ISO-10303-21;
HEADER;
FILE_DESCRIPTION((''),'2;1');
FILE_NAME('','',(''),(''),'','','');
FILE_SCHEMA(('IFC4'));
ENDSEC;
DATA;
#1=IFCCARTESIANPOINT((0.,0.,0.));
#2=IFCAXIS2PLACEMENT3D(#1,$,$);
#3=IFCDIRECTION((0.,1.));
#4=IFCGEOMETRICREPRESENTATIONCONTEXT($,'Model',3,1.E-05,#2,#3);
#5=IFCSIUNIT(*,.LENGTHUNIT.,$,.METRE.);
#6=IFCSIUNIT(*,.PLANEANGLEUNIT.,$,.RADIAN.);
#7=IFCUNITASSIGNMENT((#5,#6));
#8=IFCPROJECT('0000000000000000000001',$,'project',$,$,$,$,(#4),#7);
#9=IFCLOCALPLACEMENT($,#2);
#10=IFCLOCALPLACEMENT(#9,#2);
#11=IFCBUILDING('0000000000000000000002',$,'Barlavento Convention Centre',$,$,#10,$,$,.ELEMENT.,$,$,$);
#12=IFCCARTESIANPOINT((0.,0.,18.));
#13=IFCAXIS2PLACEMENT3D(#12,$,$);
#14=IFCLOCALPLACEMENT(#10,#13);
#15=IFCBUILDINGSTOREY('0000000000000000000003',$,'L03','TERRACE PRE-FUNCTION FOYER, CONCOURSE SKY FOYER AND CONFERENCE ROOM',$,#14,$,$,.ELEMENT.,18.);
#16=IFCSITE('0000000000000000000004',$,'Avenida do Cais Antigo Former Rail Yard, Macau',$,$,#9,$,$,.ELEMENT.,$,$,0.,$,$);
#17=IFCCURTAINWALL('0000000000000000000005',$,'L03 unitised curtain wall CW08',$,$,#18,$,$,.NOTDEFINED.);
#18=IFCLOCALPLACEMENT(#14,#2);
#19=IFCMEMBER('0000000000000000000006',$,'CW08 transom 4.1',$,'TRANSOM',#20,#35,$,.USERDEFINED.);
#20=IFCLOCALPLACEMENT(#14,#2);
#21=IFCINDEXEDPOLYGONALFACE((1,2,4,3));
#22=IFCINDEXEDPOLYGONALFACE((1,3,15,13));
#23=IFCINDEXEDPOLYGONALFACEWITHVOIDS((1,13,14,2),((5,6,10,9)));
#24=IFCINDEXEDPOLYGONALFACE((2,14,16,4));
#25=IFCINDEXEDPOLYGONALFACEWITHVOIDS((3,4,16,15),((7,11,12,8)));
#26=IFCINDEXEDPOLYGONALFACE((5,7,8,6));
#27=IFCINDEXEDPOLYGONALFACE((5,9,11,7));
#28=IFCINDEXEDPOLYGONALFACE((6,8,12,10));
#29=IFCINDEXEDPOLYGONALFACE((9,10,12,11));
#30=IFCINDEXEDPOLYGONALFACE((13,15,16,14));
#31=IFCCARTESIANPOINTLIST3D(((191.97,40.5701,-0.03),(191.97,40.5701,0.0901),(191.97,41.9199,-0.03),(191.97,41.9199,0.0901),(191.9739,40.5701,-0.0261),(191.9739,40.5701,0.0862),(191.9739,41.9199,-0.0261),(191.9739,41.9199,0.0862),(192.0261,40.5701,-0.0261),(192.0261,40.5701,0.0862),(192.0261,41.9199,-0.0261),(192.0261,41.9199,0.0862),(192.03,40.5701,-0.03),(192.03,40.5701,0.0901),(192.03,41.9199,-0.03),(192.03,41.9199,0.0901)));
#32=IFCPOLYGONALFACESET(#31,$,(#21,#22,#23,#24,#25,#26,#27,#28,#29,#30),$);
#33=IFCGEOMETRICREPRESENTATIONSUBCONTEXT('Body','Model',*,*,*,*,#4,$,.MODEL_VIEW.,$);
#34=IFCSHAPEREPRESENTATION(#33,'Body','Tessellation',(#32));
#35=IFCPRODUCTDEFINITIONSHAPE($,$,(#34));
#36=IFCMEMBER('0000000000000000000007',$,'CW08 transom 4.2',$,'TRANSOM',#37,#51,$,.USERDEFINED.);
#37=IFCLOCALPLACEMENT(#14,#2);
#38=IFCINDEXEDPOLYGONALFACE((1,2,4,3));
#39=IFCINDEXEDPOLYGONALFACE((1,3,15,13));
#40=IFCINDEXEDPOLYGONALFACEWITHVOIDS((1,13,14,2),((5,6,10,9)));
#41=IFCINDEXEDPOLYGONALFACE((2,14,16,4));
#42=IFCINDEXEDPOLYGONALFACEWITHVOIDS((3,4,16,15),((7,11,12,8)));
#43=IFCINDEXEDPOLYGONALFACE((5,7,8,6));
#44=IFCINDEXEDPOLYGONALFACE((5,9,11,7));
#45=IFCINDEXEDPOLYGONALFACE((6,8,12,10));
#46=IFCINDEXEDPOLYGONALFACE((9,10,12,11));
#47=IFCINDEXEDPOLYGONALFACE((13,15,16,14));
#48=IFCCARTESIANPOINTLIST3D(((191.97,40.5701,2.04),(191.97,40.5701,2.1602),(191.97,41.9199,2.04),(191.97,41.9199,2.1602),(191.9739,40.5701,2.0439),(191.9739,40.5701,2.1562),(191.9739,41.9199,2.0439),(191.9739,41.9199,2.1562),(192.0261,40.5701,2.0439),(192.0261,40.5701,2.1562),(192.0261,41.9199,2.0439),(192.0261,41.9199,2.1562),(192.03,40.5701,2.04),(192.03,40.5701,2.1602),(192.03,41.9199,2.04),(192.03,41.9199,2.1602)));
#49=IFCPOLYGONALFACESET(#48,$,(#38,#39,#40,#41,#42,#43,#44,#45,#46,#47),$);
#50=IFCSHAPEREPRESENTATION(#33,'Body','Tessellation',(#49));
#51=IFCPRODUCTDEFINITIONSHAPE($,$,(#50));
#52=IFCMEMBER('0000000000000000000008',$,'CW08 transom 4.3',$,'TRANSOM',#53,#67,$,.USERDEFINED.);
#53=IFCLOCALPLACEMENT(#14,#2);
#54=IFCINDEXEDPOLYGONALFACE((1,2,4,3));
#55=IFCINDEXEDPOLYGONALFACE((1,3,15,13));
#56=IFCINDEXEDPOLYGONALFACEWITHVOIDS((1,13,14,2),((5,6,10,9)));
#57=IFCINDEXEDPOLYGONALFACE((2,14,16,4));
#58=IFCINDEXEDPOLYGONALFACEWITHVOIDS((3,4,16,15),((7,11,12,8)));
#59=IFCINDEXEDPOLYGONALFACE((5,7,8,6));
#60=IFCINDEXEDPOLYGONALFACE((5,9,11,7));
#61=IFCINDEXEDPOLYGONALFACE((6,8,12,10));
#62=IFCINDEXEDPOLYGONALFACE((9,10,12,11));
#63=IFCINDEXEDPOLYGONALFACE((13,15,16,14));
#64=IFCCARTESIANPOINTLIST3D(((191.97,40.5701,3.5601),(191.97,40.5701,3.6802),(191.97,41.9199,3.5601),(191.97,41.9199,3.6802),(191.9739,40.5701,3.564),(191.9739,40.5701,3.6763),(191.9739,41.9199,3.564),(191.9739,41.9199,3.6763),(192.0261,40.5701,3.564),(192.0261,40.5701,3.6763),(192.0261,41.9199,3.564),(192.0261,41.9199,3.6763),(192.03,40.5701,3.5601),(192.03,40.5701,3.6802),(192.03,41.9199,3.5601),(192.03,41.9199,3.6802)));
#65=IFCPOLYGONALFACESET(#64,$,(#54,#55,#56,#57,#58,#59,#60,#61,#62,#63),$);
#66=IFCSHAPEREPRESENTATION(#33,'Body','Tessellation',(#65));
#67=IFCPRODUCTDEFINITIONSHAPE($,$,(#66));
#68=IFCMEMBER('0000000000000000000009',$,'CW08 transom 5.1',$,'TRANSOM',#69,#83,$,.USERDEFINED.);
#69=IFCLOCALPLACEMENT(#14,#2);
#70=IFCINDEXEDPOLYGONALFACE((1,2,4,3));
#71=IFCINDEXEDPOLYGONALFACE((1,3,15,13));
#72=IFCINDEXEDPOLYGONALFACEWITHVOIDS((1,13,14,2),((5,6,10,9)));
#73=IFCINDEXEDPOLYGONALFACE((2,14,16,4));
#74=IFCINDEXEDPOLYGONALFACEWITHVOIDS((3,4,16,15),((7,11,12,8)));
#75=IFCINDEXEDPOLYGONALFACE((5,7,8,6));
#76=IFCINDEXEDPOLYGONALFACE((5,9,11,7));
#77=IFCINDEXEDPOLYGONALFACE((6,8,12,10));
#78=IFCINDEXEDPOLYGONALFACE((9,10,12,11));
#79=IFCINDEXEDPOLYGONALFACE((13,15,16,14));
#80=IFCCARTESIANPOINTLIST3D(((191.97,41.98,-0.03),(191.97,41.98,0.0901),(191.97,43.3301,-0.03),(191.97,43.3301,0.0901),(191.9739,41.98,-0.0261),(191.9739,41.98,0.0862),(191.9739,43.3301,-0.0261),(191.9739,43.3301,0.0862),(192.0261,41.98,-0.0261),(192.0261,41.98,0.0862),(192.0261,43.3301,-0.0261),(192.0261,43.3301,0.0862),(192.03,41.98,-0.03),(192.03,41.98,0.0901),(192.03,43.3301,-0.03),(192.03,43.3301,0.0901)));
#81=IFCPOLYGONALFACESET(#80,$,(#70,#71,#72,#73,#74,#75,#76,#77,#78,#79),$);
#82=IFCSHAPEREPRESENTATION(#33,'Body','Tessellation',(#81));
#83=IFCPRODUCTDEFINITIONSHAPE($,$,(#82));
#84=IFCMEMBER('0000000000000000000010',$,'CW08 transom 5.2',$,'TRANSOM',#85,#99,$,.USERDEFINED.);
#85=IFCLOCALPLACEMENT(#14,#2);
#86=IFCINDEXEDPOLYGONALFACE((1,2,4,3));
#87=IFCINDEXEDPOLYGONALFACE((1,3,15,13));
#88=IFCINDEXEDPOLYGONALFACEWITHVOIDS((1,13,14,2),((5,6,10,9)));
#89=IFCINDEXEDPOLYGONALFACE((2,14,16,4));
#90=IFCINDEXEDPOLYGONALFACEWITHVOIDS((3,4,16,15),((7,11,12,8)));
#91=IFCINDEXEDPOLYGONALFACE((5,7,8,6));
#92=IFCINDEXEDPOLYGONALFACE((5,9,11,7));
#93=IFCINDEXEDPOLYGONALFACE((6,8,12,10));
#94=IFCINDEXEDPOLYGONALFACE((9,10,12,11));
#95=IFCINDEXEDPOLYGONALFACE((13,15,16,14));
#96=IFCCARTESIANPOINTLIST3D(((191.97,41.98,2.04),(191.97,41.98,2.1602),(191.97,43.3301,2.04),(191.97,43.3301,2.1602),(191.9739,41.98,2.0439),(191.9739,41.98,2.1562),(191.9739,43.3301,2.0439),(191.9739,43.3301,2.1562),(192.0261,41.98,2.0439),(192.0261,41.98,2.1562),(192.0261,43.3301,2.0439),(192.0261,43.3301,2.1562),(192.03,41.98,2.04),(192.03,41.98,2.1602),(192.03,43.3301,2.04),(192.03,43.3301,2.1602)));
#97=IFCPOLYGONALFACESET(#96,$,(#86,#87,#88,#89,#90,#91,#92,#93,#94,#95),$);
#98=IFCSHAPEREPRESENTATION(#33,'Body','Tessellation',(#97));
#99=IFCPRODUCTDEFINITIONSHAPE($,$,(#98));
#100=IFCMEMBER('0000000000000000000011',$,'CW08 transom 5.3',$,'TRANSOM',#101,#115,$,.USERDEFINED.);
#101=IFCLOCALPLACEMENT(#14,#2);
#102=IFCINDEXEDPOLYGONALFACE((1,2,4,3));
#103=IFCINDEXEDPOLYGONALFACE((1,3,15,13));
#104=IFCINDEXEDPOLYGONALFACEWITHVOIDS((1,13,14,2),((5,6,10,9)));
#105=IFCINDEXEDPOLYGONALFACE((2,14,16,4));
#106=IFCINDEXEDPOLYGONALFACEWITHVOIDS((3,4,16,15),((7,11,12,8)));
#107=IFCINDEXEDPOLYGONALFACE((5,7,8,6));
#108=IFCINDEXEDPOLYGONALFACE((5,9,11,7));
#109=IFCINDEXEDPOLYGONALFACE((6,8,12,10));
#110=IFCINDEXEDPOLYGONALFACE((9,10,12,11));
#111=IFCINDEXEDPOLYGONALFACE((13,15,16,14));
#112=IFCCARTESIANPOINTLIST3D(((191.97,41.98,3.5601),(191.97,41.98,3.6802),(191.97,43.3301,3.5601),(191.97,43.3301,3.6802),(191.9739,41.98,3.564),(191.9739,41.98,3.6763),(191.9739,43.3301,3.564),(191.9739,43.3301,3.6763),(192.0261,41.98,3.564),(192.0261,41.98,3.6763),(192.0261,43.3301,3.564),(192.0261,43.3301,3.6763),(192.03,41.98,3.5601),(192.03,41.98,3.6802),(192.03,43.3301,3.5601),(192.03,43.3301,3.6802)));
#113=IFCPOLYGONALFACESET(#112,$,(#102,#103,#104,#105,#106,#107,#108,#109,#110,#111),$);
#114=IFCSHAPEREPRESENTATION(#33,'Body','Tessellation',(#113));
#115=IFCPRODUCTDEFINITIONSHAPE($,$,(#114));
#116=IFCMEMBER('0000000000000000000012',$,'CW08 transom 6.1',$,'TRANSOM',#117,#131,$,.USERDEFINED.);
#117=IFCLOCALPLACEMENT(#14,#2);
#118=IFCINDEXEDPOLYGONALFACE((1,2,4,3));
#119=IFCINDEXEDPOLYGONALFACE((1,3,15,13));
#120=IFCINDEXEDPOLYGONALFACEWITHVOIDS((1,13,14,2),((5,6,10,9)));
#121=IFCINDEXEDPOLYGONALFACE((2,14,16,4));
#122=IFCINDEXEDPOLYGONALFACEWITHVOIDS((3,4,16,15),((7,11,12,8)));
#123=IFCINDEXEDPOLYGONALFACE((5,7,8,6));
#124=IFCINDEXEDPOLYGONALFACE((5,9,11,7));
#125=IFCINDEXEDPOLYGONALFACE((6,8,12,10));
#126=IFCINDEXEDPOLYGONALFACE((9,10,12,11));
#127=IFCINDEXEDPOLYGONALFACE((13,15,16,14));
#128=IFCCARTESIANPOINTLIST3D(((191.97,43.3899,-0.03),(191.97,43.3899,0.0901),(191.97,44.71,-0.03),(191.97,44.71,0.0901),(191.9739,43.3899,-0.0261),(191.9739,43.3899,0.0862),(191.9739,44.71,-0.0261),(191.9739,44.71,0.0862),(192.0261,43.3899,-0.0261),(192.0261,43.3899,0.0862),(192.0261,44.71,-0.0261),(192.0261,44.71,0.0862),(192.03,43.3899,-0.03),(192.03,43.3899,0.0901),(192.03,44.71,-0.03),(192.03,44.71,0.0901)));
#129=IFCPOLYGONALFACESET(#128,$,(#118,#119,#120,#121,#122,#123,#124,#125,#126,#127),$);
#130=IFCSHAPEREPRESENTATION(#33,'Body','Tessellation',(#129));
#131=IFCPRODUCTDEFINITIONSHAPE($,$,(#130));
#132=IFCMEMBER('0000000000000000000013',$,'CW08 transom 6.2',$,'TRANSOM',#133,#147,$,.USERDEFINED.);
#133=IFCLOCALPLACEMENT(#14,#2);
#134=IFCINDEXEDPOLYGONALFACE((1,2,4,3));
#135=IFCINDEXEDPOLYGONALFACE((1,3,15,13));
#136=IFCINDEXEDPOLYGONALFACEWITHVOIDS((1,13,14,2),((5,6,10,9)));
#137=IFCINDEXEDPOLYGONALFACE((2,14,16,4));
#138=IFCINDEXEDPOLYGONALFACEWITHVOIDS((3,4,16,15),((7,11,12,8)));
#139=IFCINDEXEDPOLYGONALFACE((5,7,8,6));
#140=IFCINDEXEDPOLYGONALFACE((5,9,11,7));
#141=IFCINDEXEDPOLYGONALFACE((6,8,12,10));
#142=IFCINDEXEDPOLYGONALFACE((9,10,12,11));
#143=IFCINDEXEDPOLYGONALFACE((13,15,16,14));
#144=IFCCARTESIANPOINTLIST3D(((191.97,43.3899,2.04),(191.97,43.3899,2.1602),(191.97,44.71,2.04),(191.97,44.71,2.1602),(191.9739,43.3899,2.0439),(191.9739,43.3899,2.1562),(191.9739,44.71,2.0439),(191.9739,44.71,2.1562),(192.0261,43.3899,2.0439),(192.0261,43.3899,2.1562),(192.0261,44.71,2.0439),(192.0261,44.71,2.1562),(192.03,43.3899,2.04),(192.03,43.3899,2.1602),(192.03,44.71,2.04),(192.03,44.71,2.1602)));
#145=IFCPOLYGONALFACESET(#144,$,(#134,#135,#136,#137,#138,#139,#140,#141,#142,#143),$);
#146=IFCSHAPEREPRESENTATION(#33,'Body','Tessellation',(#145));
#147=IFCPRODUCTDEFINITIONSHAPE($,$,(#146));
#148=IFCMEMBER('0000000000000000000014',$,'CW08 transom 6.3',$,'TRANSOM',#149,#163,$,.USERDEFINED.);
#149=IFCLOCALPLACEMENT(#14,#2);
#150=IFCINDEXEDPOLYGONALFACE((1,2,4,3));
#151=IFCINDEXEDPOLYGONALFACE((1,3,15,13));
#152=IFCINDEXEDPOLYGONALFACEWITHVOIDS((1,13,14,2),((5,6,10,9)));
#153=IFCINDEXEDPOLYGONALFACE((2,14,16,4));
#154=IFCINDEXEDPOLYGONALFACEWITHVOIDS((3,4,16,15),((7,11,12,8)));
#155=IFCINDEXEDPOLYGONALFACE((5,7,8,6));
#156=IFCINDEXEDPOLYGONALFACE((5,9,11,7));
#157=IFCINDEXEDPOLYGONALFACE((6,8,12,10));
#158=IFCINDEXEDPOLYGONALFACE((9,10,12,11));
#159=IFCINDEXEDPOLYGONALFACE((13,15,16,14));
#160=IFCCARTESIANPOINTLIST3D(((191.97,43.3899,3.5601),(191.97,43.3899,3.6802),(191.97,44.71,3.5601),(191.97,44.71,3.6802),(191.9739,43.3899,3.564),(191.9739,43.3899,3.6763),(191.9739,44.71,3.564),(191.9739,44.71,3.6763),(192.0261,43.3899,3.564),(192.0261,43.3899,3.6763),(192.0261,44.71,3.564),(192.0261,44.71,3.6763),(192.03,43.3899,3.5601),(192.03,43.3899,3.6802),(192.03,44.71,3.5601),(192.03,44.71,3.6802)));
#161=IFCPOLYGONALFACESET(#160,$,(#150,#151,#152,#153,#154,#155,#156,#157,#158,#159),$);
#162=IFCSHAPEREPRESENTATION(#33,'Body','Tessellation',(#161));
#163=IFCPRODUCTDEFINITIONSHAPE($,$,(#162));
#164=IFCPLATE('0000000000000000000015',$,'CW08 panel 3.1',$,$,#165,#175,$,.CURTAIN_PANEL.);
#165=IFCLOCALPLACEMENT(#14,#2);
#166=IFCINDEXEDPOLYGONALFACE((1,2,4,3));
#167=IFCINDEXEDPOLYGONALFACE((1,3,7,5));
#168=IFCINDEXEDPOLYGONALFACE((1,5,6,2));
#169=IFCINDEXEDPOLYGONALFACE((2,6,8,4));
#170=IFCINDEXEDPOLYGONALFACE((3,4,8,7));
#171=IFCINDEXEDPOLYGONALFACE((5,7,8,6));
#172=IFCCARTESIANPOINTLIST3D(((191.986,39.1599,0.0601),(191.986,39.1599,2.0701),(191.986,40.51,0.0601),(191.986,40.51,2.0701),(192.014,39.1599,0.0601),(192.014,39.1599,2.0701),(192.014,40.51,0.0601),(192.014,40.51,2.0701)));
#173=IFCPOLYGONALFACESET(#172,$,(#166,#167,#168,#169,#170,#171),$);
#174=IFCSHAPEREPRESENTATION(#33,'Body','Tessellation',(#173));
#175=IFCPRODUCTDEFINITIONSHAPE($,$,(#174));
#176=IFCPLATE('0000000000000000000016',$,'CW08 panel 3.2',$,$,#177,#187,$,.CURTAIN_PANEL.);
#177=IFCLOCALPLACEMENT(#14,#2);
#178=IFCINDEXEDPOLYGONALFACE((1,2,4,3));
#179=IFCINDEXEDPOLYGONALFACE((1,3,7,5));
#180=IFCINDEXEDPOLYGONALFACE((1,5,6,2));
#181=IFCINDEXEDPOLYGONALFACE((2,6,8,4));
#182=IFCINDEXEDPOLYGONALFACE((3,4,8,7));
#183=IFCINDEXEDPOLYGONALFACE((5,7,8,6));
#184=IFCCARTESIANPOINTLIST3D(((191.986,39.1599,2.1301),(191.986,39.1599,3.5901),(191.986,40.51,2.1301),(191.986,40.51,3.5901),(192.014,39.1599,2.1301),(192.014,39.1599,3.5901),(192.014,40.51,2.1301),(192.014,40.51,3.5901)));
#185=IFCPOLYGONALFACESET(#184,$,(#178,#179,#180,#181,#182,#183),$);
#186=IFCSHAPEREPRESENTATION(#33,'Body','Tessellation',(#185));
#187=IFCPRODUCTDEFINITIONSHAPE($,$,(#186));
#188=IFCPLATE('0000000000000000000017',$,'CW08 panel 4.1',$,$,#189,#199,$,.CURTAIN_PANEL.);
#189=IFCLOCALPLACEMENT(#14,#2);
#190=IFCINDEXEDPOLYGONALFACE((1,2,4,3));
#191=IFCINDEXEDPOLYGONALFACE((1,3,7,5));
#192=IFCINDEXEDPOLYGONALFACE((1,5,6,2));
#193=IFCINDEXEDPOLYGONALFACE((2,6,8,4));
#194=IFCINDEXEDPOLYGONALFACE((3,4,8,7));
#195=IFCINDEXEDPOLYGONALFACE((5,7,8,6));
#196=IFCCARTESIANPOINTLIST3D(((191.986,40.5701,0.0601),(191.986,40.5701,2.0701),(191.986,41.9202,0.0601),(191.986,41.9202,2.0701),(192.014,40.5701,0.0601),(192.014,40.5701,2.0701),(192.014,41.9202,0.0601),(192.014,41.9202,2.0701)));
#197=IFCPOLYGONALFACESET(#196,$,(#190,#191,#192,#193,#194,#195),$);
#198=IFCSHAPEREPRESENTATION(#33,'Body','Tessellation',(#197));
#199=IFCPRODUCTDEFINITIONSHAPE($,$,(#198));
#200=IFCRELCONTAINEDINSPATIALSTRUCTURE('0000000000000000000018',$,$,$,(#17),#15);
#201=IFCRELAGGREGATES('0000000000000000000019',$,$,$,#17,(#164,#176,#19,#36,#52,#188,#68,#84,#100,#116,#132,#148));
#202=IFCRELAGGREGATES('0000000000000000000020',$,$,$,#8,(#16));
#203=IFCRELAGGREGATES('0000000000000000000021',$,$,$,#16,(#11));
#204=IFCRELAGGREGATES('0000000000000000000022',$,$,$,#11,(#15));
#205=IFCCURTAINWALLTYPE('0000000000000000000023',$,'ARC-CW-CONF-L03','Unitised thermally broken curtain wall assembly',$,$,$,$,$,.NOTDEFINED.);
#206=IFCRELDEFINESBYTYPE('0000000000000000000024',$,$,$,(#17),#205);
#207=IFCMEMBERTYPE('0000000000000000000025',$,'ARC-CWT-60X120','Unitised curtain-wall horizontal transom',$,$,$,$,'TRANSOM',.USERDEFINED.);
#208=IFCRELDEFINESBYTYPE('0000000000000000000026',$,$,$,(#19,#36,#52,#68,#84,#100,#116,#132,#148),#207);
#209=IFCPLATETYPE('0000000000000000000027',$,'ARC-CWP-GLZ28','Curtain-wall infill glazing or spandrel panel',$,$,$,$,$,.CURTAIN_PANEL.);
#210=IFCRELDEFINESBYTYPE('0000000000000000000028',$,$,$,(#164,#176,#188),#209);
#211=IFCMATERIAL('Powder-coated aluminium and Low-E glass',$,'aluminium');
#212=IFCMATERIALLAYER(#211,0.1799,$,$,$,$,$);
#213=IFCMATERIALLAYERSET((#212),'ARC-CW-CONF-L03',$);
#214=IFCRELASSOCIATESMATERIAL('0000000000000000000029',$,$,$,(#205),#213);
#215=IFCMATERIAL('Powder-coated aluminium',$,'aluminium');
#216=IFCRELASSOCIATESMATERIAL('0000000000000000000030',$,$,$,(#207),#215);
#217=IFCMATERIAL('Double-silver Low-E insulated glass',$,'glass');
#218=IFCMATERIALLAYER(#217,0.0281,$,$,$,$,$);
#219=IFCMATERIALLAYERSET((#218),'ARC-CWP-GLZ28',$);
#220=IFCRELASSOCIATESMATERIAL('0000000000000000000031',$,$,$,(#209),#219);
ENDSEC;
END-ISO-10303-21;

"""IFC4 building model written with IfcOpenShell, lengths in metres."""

from ifc_helpers import new_model, si_unit, direction, frame, origin, origin_2d, place, context, subcontext, project, spatial, rectangle, hollow_rectangle, extrude, material, layer, layer_set, material_profile, profile_set, type_object, element, aggregate, save


model = new_model("IFC4")

# Units and contexts
model_context = context("Model", 3, precision=1e-05, world=origin(), true_north=direction((0.0, 1.0)))
body_context = subcontext(model_context, "Body", "Model", "MODEL_VIEW")
ifc_project = project(units=[si_unit("LENGTHUNIT", "METRE"), si_unit("PLANEANGLEUNIT", "RADIAN")], contexts=[model_context])

# Site, building, storey
site_placement = place(None, origin())
site = spatial("IfcSite", under=ifc_project, at=site_placement, Name="Avenida do Cais Antigo Former Rail Yard, Macau", CompositionType="ELEMENT", RefElevation=0.0)
building_placement = place(site_placement, origin())
building = spatial("IfcBuilding", under=site, at=building_placement, Name="Barlavento Convention Centre", CompositionType="ELEMENT")
storey_placement = place(building_placement, frame((0.0, 0.0, 18.0)))
storey = spatial("IfcBuildingStorey", under=building, at=storey_placement, Name="L03", Description="TERRACE PRE-FUNCTION FOYER, CONCOURSE SKY FOYER AND CONFERENCE ROOM", CompositionType="ELEMENT", Elevation=18.0)

# Curtain wall, members, plates
ifc_material_1 = material(Name="Powder-coated aluminium and Low-E glass", Category="aluminium")
ifc_layer_1 = layer(ifc_material_1, 0.1799)
ifc_layer_set_1 = layer_set([ifc_layer_1], Name="ARC-CW-CONF-L03")
curtain_wall_type = type_object("IfcCurtainWallType", Name="ARC-CW-CONF-L03", Description="Unitised thermally broken curtain wall assembly", PredefinedType="NOTDEFINED", material=ifc_layer_set_1)
curtain_wall_placement = place(storey_placement, origin())
curtain_wall = element("IfcCurtainWall", 1, at=curtain_wall_placement, inside=storey, type_object=curtain_wall_type, Name="L03 unitised curtain wall CW08", PredefinedType="NOTDEFINED")
ifc_material_2 = material(Name="Powder-coated aluminium", Category="aluminium")
ifc_material_profile_1 = material_profile(ifc_material_2, hollow_rectangle(XDim=0.0601, YDim=0.1201, WallThickness=0.0039, at=origin_2d()), Name="AL-TRAN 60x120x4")
ifc_profile_set_1 = profile_set([ifc_material_profile_1], Name="Powder-coated aluminium")
member_type_1 = type_object("IfcMemberType", Name="ARC-CWT-60X120", Description="Unitised curtain-wall horizontal transom", ElementType="TRANSOM", PredefinedType="USERDEFINED", material=ifc_profile_set_1)
member_1_placement = place(storey_placement, frame((192.0, 40.5701, 0.03), z_axis=(0.0, 1.0, 0.0), x_axis=(-1.0, 0.0, 0.0)))
member_1 = element("IfcMember", 2, at=member_1_placement, type_object=member_type_1, Name="CW08 transom 4.1", ObjectType="TRANSOM", PredefinedType="USERDEFINED", context=body_context, shape_type="SweptSolid", body=[
    extrude(hollow_rectangle(XDim=0.0601, YDim=0.1201, WallThickness=0.0039, at=origin_2d()), origin(), (0.0, 0.0, 1.0), 1.3499),
])
member_2_placement = place(storey_placement, frame((192.0, 40.5701, 2.1001), z_axis=(0.0, 1.0, 0.0), x_axis=(-1.0, 0.0, 0.0)))
member_2 = element("IfcMember", 3, at=member_2_placement, type_object=member_type_1, Name="CW08 transom 4.2", ObjectType="TRANSOM", PredefinedType="USERDEFINED", context=body_context, shape_type="SweptSolid", body=[
    extrude(hollow_rectangle(XDim=0.0601, YDim=0.1201, WallThickness=0.0039, at=origin_2d()), origin(), (0.0, 0.0, 1.0), 1.3499),
])
member_3_placement = place(storey_placement, frame((192.0, 40.5701, 3.6201), z_axis=(0.0, 1.0, 0.0), x_axis=(-1.0, 0.0, 0.0)))
member_3 = element("IfcMember", 4, at=member_3_placement, type_object=member_type_1, Name="CW08 transom 4.3", ObjectType="TRANSOM", PredefinedType="USERDEFINED", context=body_context, shape_type="SweptSolid", body=[
    extrude(hollow_rectangle(XDim=0.0601, YDim=0.1201, WallThickness=0.0039, at=origin_2d()), origin(), (0.0, 0.0, 1.0), 1.3499),
])
member_4_placement = place(storey_placement, frame((192.0, 41.98, 0.03), z_axis=(0.0, 1.0, 0.0), x_axis=(-1.0, 0.0, 0.0)))
member_4 = element("IfcMember", 5, at=member_4_placement, type_object=member_type_1, Name="CW08 transom 5.1", ObjectType="TRANSOM", PredefinedType="USERDEFINED", context=body_context, shape_type="SweptSolid", body=[
    extrude(hollow_rectangle(XDim=0.0601, YDim=0.1201, WallThickness=0.0039, at=origin_2d()), origin(), (0.0, 0.0, 1.0), 1.3501),
])
member_5_placement = place(storey_placement, frame((192.0, 41.98, 2.1001), z_axis=(0.0, 1.0, 0.0), x_axis=(-1.0, 0.0, 0.0)))
member_5 = element("IfcMember", 6, at=member_5_placement, type_object=member_type_1, Name="CW08 transom 5.2", ObjectType="TRANSOM", PredefinedType="USERDEFINED", context=body_context, shape_type="SweptSolid", body=[
    extrude(hollow_rectangle(XDim=0.0601, YDim=0.1201, WallThickness=0.0039, at=origin_2d()), origin(), (0.0, 0.0, 1.0), 1.3501),
])
member_6_placement = place(storey_placement, frame((192.0, 41.98, 3.6201), z_axis=(0.0, 1.0, 0.0), x_axis=(-1.0, 0.0, 0.0)))
member_6 = element("IfcMember", 7, at=member_6_placement, type_object=member_type_1, Name="CW08 transom 5.3", ObjectType="TRANSOM", PredefinedType="USERDEFINED", context=body_context, shape_type="SweptSolid", body=[
    extrude(hollow_rectangle(XDim=0.0601, YDim=0.1201, WallThickness=0.0039, at=origin_2d()), origin(), (0.0, 0.0, 1.0), 1.3501),
])
member_7_placement = place(storey_placement, frame((192.0, 43.3899, 0.03), z_axis=(0.0, 1.0, 0.0), x_axis=(-1.0, 0.0, 0.0)))
member_7 = element("IfcMember", 8, at=member_7_placement, type_object=member_type_1, Name="CW08 transom 6.1", ObjectType="TRANSOM", PredefinedType="USERDEFINED", context=body_context, shape_type="SweptSolid", body=[
    extrude(hollow_rectangle(XDim=0.0601, YDim=0.1201, WallThickness=0.0039, at=origin_2d()), origin(), (0.0, 0.0, 1.0), 1.3201),
])
member_8_placement = place(storey_placement, frame((192.0, 43.3899, 2.1001), z_axis=(0.0, 1.0, 0.0), x_axis=(-1.0, 0.0, 0.0)))
member_8 = element("IfcMember", 9, at=member_8_placement, type_object=member_type_1, Name="CW08 transom 6.2", ObjectType="TRANSOM", PredefinedType="USERDEFINED", context=body_context, shape_type="SweptSolid", body=[
    extrude(hollow_rectangle(XDim=0.0601, YDim=0.1201, WallThickness=0.0039, at=origin_2d()), origin(), (0.0, 0.0, 1.0), 1.3201),
])
member_9_placement = place(storey_placement, frame((192.0, 43.3899, 3.6201), z_axis=(0.0, 1.0, 0.0), x_axis=(-1.0, 0.0, 0.0)))
member_9 = element("IfcMember", 10, at=member_9_placement, type_object=member_type_1, Name="CW08 transom 6.3", ObjectType="TRANSOM", PredefinedType="USERDEFINED", context=body_context, shape_type="SweptSolid", body=[
    extrude(hollow_rectangle(XDim=0.0601, YDim=0.1201, WallThickness=0.0039, at=origin_2d()), origin(), (0.0, 0.0, 1.0), 1.3201),
])
ifc_material_3 = material(Name="Double-silver Low-E insulated glass", Category="glass")
ifc_layer_2 = layer(ifc_material_3, 0.0281)
ifc_layer_set_2 = layer_set([ifc_layer_2], Name="ARC-CWP-GLZ28")
plate_type = type_object("IfcPlateType", Name="ARC-CWP-GLZ28", Description="Curtain-wall infill glazing or spandrel panel", PredefinedType="CURTAIN_PANEL", material=ifc_layer_set_2)
plate_1_placement = place(storey_placement, frame((192.0, 39.835, 0.0601), z_axis=(0.0, 0.0, 1.0), x_axis=(0.0, 1.0, 0.0)))
plate_1 = element("IfcPlate", 11, at=plate_1_placement, type_object=plate_type, Name="CW08 panel 3.1", PredefinedType="CURTAIN_PANEL", context=body_context, shape_type="SweptSolid", body=[
    extrude(rectangle(XDim=1.3501, YDim=0.0281, at=origin_2d()), origin(), (0.0, 0.0, 1.0), 2.01),
])
plate_2_placement = place(storey_placement, frame((192.0, 39.835, 2.1301), z_axis=(0.0, 0.0, 1.0), x_axis=(0.0, 1.0, 0.0)))
plate_2 = element("IfcPlate", 12, at=plate_2_placement, type_object=plate_type, Name="CW08 panel 3.2", PredefinedType="CURTAIN_PANEL", context=body_context, shape_type="SweptSolid", body=[
    extrude(rectangle(XDim=1.3501, YDim=0.0281, at=origin_2d()), origin(), (0.0, 0.0, 1.0), 1.46),
])
plate_3_placement = place(storey_placement, frame((192.0, 41.2451, 0.0601), z_axis=(0.0, 0.0, 1.0), x_axis=(0.0, 1.0, 0.0)))
plate_3 = element("IfcPlate", 13, at=plate_3_placement, type_object=plate_type, Name="CW08 panel 4.1", PredefinedType="CURTAIN_PANEL", context=body_context, shape_type="SweptSolid", body=[
    extrude(rectangle(XDim=1.3501, YDim=0.0281, at=origin_2d()), origin(), (0.0, 0.0, 1.0), 2.01),
])
aggregate(curtain_wall, [plate_1, plate_2, member_1, member_2, member_3, plate_3, member_4, member_5, member_6, member_7, member_8, member_9])

save(model, "model.ifc")
